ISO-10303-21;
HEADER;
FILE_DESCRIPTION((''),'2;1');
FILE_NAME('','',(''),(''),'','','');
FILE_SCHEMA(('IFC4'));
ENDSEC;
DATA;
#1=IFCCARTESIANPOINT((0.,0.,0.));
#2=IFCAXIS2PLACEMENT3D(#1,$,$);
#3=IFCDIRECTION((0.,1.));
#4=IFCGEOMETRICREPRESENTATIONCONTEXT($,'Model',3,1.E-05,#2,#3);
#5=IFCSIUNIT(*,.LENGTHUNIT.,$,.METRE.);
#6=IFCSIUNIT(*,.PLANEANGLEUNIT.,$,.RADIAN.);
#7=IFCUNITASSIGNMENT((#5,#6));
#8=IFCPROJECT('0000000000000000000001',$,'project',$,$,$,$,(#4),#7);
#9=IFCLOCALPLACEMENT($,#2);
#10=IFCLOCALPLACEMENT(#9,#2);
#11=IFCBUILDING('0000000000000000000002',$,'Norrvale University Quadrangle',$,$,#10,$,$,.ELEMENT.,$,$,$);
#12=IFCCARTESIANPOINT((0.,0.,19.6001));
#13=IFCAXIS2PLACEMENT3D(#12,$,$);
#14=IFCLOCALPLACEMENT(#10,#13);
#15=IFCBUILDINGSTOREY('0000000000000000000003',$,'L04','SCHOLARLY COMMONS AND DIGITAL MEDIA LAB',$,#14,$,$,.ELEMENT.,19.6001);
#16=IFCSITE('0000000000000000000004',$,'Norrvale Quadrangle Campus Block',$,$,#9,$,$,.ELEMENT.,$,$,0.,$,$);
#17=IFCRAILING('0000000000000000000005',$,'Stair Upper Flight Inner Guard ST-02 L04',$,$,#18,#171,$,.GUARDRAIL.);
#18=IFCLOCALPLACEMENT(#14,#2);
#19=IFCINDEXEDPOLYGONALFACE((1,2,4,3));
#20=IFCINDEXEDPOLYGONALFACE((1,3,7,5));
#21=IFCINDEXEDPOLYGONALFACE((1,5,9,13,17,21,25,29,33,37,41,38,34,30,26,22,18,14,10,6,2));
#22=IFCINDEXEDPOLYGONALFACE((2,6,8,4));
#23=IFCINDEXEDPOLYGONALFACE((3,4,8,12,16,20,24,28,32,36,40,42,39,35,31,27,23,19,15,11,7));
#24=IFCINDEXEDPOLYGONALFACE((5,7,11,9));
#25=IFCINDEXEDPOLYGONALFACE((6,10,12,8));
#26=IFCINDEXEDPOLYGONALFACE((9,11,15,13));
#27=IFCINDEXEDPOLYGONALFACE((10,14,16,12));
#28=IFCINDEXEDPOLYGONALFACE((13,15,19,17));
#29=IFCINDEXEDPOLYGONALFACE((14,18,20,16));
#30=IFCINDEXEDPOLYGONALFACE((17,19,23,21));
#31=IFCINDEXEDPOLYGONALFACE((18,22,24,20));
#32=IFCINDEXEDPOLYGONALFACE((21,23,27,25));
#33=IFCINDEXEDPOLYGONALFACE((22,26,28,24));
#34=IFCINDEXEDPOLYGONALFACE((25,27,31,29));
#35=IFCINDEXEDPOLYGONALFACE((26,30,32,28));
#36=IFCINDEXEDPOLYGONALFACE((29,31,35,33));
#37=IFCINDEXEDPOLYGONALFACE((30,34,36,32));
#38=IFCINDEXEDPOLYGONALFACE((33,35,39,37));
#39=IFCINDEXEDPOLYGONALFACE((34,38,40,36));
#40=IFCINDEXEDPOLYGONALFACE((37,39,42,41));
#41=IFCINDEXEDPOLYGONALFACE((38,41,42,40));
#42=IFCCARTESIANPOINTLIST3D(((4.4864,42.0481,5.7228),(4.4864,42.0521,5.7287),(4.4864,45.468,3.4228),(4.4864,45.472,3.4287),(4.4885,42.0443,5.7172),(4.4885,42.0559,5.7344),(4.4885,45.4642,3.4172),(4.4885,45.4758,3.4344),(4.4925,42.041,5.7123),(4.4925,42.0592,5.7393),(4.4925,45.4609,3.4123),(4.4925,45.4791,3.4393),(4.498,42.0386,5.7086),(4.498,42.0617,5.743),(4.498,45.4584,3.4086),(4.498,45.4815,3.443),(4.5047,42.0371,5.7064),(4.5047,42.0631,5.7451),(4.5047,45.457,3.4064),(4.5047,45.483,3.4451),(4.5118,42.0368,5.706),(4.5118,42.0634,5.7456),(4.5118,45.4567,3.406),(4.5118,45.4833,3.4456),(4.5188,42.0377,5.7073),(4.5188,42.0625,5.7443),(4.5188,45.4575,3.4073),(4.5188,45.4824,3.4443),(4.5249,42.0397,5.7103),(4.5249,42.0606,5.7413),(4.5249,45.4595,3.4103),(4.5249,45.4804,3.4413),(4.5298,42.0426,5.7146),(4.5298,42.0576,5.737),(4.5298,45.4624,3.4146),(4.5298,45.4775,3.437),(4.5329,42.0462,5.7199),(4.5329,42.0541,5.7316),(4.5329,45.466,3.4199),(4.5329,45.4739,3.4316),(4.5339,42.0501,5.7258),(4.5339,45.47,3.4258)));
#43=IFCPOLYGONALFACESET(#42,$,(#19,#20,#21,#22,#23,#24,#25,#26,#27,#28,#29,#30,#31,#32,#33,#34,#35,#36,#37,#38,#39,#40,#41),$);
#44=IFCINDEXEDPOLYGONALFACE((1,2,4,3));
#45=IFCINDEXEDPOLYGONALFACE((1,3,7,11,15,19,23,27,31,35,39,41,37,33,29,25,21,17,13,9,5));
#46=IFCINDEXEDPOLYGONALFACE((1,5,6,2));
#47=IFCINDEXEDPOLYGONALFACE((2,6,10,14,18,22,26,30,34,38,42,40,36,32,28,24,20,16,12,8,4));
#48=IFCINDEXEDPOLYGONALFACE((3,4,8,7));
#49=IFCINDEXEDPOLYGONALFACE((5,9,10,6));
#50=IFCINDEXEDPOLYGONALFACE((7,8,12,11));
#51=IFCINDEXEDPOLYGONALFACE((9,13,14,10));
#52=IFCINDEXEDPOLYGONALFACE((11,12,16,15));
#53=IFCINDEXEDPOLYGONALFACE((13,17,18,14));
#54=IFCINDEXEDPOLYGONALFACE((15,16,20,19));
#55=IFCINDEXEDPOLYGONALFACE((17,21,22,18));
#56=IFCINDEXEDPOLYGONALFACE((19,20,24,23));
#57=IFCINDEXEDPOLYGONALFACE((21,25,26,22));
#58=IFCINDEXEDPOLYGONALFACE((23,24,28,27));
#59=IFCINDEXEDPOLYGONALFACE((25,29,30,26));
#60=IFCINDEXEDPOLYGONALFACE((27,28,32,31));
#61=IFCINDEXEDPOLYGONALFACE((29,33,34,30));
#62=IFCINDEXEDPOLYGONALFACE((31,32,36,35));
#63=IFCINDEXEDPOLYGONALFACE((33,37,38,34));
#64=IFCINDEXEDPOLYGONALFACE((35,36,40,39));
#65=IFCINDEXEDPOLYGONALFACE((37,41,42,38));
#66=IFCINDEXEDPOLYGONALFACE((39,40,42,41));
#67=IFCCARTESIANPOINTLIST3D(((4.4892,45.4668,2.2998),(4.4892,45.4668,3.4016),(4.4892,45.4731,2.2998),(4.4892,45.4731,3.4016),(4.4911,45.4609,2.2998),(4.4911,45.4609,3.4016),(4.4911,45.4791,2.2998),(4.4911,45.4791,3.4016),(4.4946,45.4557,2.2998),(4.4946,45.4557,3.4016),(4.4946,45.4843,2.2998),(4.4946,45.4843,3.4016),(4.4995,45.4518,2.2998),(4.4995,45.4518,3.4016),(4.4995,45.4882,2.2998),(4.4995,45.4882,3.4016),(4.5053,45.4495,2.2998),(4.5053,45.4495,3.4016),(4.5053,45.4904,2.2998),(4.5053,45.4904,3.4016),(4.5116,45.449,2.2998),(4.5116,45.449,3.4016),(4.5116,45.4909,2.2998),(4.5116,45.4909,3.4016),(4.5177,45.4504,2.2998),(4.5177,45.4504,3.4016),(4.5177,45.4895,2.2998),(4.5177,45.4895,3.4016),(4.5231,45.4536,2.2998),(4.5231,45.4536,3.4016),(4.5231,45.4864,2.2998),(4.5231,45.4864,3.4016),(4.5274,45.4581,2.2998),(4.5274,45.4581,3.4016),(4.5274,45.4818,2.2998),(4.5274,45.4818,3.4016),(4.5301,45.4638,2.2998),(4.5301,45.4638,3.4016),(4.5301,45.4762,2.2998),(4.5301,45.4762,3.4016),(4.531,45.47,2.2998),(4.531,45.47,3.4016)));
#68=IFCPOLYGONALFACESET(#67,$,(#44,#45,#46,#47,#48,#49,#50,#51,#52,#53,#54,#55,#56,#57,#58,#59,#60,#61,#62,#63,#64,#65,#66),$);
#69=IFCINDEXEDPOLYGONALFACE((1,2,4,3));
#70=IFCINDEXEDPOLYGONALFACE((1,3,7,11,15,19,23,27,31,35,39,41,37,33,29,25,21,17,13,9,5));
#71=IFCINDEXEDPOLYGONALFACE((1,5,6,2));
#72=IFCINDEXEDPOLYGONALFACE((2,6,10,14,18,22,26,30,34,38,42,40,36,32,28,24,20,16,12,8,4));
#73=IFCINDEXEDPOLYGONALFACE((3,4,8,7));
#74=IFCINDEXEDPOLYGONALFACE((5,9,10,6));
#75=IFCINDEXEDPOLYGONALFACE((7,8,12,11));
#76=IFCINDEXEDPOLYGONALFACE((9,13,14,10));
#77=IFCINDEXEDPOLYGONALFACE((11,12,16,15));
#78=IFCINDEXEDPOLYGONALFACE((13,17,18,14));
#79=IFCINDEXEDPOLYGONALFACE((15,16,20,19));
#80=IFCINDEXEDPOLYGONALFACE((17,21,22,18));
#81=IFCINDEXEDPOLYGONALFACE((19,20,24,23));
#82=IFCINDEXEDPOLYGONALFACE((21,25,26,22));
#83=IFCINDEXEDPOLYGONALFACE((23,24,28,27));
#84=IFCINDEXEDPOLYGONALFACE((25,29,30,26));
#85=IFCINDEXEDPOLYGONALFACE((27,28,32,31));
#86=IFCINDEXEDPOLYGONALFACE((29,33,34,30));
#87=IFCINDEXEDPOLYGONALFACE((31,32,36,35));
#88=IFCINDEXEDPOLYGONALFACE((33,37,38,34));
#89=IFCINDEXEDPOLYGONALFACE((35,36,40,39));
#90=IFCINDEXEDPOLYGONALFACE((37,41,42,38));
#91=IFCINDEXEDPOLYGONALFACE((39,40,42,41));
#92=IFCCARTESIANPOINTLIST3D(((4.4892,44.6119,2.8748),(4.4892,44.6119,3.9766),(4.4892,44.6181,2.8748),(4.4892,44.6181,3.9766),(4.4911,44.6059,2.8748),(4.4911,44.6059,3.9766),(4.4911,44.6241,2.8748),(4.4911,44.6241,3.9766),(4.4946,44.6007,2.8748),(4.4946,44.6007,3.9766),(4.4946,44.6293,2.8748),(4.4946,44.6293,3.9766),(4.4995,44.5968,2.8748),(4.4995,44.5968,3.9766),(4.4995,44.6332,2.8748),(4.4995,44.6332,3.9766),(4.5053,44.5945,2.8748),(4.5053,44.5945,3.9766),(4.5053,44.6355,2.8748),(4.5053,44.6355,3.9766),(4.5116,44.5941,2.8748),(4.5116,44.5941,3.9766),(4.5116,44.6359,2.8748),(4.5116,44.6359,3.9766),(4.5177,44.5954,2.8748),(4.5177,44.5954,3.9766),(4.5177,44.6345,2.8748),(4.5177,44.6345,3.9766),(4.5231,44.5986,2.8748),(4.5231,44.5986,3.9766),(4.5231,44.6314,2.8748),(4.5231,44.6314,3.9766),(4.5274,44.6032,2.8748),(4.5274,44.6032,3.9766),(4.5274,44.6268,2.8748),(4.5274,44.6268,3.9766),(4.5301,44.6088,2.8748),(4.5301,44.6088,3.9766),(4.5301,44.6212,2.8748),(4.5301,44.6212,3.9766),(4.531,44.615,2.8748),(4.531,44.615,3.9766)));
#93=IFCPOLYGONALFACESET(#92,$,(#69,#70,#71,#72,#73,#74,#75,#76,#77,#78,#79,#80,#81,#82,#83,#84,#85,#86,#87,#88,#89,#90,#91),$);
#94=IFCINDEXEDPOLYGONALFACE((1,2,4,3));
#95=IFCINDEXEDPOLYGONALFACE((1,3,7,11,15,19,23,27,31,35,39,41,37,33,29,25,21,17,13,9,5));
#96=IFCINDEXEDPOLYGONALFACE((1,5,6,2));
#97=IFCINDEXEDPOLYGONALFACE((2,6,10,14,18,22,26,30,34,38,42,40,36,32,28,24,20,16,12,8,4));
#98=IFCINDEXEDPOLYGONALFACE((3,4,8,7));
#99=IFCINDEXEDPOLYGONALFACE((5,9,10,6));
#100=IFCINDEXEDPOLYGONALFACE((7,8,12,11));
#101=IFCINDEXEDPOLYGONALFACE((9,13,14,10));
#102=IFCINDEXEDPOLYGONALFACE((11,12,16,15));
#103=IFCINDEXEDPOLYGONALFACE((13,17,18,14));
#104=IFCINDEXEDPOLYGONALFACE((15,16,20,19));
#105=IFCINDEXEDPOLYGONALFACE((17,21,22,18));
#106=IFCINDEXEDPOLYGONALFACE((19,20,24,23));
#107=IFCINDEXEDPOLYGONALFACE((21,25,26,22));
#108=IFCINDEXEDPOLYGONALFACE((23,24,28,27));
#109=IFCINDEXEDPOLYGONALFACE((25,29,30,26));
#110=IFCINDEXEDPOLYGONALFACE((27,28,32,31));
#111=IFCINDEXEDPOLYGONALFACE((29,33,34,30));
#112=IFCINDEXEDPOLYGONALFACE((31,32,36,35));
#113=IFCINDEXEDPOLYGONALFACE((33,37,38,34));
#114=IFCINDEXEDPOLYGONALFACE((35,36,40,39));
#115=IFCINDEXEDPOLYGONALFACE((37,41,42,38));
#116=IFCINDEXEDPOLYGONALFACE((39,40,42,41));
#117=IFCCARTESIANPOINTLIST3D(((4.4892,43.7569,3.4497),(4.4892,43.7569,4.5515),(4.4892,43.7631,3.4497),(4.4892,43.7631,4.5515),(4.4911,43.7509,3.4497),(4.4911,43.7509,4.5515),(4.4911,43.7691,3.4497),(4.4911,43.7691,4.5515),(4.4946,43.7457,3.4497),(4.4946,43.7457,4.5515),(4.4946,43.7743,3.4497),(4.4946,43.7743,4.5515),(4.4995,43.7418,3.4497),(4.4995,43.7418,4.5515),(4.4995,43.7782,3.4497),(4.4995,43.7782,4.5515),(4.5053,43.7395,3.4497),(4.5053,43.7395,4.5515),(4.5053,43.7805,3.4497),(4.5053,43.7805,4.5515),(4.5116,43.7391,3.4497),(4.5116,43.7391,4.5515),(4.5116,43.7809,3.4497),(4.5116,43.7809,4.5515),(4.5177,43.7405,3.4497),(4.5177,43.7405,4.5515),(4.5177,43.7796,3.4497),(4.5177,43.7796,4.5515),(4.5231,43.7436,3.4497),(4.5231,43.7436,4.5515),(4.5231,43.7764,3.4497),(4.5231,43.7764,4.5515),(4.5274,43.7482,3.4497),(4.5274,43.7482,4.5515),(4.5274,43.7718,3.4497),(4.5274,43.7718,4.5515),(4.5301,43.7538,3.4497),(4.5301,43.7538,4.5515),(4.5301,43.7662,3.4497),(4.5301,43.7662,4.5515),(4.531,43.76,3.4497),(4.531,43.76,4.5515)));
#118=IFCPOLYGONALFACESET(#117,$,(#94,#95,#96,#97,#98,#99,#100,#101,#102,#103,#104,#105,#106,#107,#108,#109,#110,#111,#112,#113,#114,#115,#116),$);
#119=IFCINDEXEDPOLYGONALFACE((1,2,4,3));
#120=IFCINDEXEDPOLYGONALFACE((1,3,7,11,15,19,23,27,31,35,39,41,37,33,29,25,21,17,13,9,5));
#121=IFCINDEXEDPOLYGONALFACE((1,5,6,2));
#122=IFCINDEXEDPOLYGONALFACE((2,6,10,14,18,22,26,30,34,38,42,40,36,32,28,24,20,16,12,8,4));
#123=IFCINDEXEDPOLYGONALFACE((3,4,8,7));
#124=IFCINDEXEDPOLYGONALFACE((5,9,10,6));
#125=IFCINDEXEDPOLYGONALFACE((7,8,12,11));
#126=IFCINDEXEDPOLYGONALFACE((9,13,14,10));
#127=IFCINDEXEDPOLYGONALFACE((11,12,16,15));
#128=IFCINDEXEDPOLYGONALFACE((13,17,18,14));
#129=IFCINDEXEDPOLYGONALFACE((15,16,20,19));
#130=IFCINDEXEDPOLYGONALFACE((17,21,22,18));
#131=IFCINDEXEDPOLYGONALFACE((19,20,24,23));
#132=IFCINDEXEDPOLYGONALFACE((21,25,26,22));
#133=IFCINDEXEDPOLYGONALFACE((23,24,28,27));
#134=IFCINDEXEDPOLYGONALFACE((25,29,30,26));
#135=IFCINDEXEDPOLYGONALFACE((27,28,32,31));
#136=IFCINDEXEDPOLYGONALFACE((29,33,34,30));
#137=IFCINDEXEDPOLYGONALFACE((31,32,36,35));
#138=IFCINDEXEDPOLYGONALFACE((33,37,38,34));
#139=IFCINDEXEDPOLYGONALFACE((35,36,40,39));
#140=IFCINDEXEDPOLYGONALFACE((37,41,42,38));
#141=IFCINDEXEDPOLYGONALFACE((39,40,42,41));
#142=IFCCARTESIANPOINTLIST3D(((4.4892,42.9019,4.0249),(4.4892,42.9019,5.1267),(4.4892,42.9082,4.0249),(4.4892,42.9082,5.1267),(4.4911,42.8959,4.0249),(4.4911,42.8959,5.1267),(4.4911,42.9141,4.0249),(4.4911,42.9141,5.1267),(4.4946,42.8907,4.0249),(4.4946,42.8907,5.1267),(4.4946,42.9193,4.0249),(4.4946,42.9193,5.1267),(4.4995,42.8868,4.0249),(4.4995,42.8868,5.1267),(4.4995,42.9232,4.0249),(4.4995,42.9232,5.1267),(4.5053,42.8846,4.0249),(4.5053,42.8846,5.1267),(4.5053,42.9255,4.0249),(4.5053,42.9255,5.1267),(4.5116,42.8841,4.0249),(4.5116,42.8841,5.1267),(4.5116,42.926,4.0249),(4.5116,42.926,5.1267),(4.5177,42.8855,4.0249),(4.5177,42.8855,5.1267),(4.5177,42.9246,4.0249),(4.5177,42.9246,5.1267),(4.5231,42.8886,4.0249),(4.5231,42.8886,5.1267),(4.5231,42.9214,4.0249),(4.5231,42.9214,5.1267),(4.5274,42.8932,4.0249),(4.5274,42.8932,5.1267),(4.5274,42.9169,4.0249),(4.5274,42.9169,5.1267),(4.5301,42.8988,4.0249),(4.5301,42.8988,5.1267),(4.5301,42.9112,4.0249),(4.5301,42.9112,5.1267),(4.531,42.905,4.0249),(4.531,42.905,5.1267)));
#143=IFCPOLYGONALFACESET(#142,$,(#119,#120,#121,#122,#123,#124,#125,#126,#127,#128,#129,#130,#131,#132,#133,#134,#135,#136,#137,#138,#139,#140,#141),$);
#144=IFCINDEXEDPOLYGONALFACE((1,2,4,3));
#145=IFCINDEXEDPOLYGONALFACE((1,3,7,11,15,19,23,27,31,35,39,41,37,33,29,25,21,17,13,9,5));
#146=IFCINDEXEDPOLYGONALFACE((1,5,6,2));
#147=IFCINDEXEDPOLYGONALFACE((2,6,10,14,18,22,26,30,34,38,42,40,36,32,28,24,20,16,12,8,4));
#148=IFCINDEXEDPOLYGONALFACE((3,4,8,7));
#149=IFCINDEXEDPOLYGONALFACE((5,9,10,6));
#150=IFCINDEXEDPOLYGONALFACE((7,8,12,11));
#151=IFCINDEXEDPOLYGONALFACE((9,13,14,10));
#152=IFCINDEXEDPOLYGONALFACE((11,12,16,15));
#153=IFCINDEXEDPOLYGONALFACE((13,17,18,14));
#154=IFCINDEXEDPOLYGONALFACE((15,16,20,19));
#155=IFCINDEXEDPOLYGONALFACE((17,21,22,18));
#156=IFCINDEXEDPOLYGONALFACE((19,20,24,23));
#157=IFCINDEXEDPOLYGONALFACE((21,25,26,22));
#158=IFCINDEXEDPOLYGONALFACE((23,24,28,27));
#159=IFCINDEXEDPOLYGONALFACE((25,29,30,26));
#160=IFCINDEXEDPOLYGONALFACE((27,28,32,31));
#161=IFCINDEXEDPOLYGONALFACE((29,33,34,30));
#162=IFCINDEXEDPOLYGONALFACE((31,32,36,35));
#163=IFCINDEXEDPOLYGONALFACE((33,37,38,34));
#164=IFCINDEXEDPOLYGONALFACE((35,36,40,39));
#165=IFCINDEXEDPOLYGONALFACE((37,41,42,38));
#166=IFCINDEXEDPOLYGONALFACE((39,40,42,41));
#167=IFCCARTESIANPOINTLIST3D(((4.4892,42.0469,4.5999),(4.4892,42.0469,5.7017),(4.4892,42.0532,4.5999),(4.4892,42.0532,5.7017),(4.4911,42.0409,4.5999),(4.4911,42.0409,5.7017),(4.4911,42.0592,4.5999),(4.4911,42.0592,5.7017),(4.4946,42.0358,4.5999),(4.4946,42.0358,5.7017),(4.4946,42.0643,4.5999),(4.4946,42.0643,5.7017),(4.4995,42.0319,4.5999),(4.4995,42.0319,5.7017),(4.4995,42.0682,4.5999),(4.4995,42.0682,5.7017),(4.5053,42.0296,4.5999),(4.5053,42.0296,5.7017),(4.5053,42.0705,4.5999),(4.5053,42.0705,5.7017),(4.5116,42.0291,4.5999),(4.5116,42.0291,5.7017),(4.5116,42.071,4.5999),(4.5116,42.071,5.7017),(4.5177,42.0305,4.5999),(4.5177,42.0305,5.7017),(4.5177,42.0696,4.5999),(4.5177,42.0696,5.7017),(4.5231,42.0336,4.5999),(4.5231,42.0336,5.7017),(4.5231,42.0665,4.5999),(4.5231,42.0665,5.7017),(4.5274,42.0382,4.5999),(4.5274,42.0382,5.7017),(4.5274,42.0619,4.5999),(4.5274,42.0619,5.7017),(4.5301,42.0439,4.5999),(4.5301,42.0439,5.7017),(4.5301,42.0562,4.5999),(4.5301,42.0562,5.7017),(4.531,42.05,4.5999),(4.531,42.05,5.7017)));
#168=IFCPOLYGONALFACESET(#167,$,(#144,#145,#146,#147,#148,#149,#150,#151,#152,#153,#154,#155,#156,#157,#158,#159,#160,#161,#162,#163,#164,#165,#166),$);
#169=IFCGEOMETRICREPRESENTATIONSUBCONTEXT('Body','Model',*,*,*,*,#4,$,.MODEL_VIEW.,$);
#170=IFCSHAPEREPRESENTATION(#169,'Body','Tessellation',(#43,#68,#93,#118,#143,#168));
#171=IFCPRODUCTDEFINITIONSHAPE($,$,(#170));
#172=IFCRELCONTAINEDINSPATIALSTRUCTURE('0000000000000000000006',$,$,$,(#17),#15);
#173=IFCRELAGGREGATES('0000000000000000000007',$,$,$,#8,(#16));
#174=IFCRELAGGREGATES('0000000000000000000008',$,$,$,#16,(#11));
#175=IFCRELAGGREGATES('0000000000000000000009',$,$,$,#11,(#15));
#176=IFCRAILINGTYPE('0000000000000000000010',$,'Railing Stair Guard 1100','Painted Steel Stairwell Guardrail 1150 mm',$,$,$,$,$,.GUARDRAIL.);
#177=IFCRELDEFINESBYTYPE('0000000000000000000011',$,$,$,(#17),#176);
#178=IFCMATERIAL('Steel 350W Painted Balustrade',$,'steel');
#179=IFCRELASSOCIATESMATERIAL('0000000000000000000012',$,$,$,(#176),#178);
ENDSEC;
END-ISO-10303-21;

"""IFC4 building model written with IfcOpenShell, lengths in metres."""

from ifc_helpers import new_model, si_unit, direction, frame, origin, origin_2d, place, context, subcontext, project, spatial, circle, extrude, material, type_object, element, save


model = new_model("IFC4")

# Units and contexts
model_context = context("Model", 3, precision=1e-05, world=origin(), true_north=direction((0.0, 1.0)))
body_context = subcontext(model_context, "Body", "Model", "MODEL_VIEW")
ifc_project = project(units=[si_unit("LENGTHUNIT", "METRE"), si_unit("PLANEANGLEUNIT", "RADIAN")], contexts=[model_context])

# Site, building, storey
site_placement = place(None, origin())
site = spatial("IfcSite", under=ifc_project, at=site_placement, Name="Norrvale Quadrangle Campus Block", CompositionType="ELEMENT", RefElevation=0.0)
building_placement = place(site_placement, origin())
building = spatial("IfcBuilding", under=site, at=building_placement, Name="Norrvale University Quadrangle", CompositionType="ELEMENT")
storey_placement = place(building_placement, frame((0.0, 0.0, 19.6001)))
storey = spatial("IfcBuildingStorey", under=building, at=storey_placement, Name="L04", Description="SCHOLARLY COMMONS AND DIGITAL MEDIA LAB", CompositionType="ELEMENT", Elevation=19.6001)

# Railing
ifc_material_1 = material(Name="Steel 350W Painted Balustrade", Category="steel")
railing_type_1 = type_object("IfcRailingType", Name="Railing Stair Guard 1100", Description="Painted Steel Stairwell Guardrail 1150 mm", PredefinedType="GUARDRAIL", material=ifc_material_1)
railing_1_placement = place(storey_placement, frame((4.51, 45.47, 2.2998)))
element("IfcRailing", 1, at=railing_1_placement, inside=storey, type_object=railing_type_1, Name="Stair Upper Flight Inner Guard ST-02 L04", PredefinedType="GUARDRAIL", context=body_context, shape_type="SweptSolid", body=[
    extrude(circle(Radius=0.0239, at=origin_2d()), frame((0.0, 0.0, 1.126), z_axis=(0.0, -0.829792, 0.558072), x_axis=(1.0, 0.0, 0.0)), (0.0, 0.0, 1.0), 4.1213),
    extrude(circle(Radius=0.021, at=origin_2d()), origin(), (0.0, 0.0, 1.0), 1.1018),
    extrude(circle(Radius=0.021, at=origin_2d()), frame((0.0, -0.855, 0.575)), (0.0, 0.0, 1.0), 1.1018),
    extrude(circle(Radius=0.021, at=origin_2d()), frame((0.0, -1.71, 1.1499)), (0.0, 0.0, 1.0), 1.1018),
    extrude(circle(Radius=0.021, at=origin_2d()), frame((0.0, -2.5649, 1.7251)), (0.0, 0.0, 1.0), 1.1018),
    extrude(circle(Radius=0.021, at=origin_2d()), frame((0.0, -3.4199, 2.3)), (0.0, 0.0, 1.0), 1.1018),
])

save(model, "model.ifc")
